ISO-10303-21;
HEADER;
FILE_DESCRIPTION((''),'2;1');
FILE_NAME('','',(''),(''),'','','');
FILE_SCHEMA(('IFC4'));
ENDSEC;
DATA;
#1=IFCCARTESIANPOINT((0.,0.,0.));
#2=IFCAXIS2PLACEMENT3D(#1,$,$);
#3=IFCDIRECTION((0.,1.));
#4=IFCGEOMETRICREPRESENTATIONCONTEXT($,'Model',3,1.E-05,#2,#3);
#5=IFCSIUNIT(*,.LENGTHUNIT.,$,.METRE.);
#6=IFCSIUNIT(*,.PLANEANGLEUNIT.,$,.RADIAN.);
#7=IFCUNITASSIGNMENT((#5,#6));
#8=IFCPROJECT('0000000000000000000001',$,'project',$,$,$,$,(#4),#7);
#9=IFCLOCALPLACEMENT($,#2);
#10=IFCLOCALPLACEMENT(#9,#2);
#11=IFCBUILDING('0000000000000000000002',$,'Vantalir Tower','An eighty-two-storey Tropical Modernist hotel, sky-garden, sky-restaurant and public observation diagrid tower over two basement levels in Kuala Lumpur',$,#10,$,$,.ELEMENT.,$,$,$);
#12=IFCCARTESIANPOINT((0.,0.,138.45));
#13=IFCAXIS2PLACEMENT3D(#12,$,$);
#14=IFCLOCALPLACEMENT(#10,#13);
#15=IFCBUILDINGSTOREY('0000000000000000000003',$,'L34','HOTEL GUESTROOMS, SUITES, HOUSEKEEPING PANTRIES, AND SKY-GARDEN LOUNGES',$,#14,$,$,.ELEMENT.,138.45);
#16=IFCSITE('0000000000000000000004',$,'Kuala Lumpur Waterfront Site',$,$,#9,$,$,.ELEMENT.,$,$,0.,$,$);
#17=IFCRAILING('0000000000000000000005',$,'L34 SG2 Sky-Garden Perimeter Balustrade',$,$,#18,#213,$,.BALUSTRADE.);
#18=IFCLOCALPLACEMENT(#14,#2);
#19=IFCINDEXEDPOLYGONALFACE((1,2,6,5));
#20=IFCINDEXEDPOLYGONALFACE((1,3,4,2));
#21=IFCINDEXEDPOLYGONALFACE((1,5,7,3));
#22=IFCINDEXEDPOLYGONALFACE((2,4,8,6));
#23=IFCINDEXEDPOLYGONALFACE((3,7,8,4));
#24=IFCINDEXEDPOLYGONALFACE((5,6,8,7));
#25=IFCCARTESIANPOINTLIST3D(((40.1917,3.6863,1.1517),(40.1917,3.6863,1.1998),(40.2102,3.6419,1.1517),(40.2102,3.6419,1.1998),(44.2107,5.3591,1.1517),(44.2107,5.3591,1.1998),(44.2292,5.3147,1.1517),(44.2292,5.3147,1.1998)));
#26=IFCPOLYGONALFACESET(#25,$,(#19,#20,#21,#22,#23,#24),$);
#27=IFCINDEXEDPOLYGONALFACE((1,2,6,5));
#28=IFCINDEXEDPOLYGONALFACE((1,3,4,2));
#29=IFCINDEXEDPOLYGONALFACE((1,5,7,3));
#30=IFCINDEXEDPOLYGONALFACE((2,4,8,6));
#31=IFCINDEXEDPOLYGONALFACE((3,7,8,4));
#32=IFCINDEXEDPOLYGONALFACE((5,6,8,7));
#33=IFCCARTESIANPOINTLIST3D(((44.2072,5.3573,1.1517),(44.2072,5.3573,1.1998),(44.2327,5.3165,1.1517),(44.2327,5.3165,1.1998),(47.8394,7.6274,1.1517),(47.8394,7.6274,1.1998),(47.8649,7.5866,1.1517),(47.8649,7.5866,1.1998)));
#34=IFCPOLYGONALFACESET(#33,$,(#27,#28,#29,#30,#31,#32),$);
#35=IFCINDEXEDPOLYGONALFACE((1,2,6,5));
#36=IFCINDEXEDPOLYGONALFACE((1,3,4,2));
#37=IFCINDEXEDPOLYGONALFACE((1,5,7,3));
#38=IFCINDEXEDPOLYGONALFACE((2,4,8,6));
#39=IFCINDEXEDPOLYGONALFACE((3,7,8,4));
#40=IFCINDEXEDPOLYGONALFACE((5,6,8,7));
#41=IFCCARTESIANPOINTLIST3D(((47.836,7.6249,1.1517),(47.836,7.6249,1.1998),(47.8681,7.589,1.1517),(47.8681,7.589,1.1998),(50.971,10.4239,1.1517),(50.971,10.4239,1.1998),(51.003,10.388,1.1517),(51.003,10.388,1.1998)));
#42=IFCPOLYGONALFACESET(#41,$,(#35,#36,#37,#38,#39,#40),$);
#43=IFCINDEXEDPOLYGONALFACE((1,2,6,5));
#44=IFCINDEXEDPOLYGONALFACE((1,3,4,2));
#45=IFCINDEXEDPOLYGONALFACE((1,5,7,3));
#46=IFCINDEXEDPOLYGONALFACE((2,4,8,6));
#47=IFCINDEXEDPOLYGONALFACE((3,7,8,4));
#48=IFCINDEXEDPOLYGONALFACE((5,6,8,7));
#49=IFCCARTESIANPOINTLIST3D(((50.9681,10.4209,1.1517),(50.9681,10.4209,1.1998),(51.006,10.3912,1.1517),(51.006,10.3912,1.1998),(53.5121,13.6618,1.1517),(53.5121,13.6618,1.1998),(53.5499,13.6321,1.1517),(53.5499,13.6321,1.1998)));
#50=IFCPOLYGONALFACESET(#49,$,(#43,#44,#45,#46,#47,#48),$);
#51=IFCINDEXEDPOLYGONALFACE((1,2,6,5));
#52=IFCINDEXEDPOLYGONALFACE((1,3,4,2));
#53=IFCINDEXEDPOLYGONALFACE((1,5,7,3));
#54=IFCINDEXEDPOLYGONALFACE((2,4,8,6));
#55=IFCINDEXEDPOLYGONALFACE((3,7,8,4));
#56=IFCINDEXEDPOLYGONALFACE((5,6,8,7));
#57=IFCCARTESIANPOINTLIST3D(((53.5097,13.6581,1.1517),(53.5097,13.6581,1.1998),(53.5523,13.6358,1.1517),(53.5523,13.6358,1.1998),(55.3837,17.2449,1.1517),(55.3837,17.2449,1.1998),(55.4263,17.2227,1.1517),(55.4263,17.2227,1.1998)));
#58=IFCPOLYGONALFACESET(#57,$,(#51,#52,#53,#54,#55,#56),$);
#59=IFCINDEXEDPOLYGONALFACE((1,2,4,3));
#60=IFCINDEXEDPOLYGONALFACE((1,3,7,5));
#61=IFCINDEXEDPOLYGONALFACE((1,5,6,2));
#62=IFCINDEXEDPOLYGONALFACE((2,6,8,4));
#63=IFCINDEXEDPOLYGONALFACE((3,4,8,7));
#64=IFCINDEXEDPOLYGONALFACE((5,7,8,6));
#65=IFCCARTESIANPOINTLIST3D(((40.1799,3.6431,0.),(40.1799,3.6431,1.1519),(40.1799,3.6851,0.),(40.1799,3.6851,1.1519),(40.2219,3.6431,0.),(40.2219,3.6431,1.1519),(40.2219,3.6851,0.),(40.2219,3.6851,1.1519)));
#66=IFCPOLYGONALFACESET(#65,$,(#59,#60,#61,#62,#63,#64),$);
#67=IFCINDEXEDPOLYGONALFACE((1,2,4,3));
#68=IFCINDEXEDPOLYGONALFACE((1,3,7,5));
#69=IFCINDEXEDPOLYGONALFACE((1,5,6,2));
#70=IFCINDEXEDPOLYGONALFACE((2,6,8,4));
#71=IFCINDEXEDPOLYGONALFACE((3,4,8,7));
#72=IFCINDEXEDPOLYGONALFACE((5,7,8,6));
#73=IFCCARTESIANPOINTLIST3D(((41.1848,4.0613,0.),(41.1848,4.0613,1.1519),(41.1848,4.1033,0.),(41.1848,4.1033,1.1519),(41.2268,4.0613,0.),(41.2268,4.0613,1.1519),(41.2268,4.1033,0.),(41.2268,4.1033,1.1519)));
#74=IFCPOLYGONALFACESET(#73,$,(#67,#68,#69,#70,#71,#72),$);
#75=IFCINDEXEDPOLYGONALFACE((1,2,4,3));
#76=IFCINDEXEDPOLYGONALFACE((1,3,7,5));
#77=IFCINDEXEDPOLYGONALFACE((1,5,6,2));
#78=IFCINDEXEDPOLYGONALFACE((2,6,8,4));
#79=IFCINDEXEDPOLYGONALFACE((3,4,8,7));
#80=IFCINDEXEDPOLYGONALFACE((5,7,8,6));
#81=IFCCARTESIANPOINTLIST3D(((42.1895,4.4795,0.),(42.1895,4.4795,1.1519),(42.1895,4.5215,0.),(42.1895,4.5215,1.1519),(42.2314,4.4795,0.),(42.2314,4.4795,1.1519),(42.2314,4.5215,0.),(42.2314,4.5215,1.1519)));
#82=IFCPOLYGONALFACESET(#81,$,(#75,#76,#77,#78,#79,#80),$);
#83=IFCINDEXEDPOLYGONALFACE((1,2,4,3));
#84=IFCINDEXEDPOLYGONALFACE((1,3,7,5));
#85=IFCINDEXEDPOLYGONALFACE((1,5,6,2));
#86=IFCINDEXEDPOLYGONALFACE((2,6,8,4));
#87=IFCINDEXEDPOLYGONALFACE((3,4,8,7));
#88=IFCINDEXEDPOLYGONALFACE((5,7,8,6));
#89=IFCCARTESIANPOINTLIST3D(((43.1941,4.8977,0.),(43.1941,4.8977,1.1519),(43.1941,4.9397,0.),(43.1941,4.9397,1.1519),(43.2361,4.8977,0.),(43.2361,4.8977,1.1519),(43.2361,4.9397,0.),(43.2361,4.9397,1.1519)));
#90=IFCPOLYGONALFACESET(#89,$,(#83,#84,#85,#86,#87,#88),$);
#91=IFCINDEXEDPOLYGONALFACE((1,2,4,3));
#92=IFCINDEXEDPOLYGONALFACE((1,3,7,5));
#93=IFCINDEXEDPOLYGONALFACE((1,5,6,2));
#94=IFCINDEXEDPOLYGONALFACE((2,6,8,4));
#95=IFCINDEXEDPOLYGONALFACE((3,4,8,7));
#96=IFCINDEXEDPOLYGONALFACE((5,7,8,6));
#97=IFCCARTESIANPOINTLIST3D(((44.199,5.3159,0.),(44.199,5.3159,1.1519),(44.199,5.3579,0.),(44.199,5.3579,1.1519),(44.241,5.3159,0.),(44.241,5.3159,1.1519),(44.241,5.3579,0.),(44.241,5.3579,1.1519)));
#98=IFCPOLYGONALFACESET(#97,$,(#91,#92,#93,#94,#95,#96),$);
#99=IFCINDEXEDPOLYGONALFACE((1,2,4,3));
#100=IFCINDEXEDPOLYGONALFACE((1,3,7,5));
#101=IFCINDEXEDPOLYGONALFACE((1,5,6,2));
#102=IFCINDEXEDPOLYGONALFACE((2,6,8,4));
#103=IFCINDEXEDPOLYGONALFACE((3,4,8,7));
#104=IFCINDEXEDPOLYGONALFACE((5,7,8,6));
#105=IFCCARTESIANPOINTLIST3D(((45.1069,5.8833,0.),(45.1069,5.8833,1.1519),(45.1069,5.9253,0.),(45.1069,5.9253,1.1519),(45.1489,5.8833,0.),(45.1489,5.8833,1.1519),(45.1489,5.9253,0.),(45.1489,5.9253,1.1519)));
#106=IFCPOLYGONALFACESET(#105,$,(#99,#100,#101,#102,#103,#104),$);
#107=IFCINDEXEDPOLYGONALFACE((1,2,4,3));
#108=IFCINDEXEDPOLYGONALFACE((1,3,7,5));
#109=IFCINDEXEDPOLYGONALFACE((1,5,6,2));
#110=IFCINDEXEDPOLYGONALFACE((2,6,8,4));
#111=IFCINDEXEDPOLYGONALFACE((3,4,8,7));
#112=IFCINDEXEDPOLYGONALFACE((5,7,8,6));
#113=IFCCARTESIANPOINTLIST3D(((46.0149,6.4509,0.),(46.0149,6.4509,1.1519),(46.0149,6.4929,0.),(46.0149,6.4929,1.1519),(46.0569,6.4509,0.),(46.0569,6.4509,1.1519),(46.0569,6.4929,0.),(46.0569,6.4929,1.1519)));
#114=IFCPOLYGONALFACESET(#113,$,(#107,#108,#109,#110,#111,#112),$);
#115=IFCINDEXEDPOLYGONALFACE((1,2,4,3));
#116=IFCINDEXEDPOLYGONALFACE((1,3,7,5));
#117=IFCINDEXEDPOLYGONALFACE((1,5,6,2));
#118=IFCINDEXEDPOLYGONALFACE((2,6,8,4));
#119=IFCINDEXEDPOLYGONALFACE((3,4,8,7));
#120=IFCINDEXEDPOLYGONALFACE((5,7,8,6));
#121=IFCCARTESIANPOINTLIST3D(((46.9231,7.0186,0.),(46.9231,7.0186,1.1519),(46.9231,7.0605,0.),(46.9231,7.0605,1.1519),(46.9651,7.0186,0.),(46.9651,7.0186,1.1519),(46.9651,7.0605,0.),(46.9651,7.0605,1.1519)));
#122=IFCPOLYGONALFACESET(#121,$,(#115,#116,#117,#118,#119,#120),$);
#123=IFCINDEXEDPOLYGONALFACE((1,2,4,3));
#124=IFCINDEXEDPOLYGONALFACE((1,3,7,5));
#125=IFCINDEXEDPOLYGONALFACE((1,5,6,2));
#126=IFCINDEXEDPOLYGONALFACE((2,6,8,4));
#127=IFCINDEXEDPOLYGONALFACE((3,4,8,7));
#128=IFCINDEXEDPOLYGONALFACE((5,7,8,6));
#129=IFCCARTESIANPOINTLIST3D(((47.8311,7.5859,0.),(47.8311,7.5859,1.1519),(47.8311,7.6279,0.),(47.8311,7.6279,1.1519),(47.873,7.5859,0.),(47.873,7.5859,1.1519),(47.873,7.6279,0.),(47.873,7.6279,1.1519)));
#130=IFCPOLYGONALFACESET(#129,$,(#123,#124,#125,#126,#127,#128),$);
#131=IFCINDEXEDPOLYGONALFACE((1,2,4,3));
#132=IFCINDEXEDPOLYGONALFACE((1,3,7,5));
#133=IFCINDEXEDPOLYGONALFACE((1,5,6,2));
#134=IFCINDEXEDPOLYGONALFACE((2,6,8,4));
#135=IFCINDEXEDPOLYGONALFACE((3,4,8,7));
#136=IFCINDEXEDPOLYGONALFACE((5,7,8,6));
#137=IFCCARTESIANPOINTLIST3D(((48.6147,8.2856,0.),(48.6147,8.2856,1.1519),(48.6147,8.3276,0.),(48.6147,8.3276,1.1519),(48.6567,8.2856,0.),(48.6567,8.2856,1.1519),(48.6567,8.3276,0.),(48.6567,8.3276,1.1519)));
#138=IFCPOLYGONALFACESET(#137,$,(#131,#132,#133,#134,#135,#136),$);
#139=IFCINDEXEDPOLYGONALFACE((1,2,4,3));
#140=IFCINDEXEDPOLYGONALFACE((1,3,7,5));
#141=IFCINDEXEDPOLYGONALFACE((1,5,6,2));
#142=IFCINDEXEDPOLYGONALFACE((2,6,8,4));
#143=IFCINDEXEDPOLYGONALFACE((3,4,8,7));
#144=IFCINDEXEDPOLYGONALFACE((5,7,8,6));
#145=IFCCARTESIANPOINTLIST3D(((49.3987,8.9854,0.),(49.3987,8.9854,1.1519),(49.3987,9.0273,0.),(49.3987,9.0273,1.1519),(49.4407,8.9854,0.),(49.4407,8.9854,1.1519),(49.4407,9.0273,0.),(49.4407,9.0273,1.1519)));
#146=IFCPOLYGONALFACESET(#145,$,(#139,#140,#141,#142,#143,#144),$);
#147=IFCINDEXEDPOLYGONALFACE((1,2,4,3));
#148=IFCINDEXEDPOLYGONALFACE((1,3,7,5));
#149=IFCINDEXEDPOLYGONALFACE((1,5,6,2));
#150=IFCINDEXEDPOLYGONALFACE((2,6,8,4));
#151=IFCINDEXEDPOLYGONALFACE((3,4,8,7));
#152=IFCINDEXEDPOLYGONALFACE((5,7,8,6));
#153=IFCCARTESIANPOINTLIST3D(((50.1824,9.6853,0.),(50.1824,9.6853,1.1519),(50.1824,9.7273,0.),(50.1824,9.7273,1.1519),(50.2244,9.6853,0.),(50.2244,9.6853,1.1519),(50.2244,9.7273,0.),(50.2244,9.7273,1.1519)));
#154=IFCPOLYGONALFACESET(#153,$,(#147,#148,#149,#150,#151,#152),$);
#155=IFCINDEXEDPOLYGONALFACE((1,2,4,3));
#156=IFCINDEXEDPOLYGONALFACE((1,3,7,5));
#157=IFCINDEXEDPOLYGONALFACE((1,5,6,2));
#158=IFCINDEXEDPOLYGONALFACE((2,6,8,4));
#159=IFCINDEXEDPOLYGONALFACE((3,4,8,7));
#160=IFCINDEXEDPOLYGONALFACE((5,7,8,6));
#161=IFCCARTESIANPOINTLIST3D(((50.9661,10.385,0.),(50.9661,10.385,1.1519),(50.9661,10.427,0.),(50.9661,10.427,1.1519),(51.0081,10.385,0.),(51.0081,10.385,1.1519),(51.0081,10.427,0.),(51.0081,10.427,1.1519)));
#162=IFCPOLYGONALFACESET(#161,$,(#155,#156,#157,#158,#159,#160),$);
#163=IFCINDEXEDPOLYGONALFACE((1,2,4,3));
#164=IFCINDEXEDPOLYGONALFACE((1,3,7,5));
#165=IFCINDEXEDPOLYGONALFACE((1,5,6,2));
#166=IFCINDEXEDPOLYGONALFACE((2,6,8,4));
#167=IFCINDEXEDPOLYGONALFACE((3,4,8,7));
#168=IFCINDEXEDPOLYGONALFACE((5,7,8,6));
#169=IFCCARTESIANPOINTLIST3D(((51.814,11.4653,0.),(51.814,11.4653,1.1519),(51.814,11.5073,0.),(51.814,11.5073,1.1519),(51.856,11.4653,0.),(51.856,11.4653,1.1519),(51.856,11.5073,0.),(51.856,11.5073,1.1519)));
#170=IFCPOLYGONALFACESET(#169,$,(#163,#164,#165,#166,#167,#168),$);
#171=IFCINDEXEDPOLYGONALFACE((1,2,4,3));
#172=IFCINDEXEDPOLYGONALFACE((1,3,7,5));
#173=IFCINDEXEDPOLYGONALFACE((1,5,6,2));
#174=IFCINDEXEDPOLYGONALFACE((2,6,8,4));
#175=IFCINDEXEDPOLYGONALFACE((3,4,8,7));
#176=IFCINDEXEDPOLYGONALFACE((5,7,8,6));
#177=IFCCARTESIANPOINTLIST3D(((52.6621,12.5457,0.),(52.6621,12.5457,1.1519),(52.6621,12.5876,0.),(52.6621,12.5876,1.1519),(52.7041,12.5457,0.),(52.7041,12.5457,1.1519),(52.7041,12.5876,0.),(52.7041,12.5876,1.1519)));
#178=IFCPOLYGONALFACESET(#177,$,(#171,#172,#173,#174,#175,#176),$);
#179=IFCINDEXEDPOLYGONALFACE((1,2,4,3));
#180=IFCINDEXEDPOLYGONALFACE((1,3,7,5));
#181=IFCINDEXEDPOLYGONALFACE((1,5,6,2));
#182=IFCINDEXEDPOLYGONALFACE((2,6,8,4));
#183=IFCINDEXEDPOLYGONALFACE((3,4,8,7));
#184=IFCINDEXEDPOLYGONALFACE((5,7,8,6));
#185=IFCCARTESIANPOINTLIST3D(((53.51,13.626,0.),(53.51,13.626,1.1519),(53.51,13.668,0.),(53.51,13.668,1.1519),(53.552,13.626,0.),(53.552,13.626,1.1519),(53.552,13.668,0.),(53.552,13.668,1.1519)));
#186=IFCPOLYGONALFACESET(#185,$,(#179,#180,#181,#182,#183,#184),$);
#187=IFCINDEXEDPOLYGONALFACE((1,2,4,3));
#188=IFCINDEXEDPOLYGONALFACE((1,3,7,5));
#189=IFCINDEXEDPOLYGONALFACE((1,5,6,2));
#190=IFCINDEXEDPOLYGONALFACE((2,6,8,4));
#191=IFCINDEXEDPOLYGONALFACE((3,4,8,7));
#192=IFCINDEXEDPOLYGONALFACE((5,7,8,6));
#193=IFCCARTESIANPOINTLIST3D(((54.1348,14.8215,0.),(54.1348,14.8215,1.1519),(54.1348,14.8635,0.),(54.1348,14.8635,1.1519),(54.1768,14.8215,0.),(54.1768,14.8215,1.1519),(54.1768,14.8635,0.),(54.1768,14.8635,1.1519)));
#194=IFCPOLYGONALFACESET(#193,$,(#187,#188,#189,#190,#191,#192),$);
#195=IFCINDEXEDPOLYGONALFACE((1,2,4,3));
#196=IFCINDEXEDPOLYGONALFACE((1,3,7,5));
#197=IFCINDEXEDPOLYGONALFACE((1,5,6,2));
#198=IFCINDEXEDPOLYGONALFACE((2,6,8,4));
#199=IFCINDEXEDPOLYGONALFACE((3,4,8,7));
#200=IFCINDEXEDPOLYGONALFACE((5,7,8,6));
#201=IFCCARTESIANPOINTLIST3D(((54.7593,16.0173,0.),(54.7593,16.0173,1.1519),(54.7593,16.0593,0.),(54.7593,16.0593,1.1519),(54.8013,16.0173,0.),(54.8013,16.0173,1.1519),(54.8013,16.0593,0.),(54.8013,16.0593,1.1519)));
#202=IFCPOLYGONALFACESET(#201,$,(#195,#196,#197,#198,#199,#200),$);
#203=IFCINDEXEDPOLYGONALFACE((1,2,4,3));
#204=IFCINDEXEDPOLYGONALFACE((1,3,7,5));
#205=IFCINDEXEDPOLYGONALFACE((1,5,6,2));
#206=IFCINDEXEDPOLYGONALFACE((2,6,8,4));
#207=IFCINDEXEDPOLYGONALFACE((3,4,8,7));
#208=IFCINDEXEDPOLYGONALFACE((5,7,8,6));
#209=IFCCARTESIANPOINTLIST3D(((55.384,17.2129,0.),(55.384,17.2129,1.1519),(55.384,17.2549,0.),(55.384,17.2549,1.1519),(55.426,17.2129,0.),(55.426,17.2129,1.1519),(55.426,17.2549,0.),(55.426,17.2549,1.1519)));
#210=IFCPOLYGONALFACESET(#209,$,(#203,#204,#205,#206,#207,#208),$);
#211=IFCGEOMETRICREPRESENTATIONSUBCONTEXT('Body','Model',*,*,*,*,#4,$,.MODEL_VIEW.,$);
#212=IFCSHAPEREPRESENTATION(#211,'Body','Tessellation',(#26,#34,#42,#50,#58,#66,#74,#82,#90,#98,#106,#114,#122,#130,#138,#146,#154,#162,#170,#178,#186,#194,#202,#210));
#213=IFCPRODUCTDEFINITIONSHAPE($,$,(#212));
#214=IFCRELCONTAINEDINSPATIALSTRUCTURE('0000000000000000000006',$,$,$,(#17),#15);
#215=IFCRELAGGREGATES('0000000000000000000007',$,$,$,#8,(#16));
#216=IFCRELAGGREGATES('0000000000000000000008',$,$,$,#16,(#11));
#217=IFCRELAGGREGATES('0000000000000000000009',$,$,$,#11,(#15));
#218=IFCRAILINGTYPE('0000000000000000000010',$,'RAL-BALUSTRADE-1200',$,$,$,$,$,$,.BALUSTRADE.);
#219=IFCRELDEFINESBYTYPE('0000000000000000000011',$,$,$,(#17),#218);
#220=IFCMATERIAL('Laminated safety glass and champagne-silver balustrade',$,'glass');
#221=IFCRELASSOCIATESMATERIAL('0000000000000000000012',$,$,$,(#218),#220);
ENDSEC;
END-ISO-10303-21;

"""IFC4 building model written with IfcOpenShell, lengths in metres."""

from ifc_helpers import new_model, si_unit, direction, frame, origin, origin_2d, place, context, subcontext, project, spatial, rectangle, extrude, material, type_object, element, save


model = new_model("IFC4")

# Units and contexts
model_context = context("Model", 3, precision=1e-05, world=origin(), true_north=direction((0.0, 1.0)))
body_context = subcontext(model_context, "Body", "Model", "MODEL_VIEW")
ifc_project = project(units=[si_unit("LENGTHUNIT", "METRE"), si_unit("PLANEANGLEUNIT", "RADIAN")], contexts=[model_context])

# Site, building, storey
site_placement = place(None, origin())
site = spatial("IfcSite", under=ifc_project, at=site_placement, Name="Kuala Lumpur Waterfront Site", CompositionType="ELEMENT", RefElevation=0.0)
building_placement = place(site_placement, origin())
building = spatial("IfcBuilding", under=site, at=building_placement, Name="Vantalir Tower", Description="An eighty-two-storey Tropical Modernist hotel, sky-garden, sky-restaurant and public observation diagrid tower over two basement levels in Kuala Lumpur", CompositionType="ELEMENT")
storey_placement = place(building_placement, frame((0.0, 0.0, 138.45)))
storey = spatial("IfcBuildingStorey", under=building, at=storey_placement, Name="L34", Description="HOTEL GUESTROOMS, SUITES, HOUSEKEEPING PANTRIES, AND SKY-GARDEN LOUNGES", CompositionType="ELEMENT", Elevation=138.45)

# Railing
ifc_material_1 = material(Name="Laminated safety glass and champagne-silver balustrade", Category="glass")
railing_type = type_object("IfcRailingType", Name="RAL-BALUSTRADE-1200", PredefinedType="BALUSTRADE", material=ifc_material_1)
railing_placement = place(storey_placement, frame((40.2009, 3.6641, 0.0)))
element("IfcRailing", 1, at=railing_placement, inside=storey, type_object=railing_type, Name="L34 SG2 Sky-Garden Perimeter Balustrade", PredefinedType="BALUSTRADE", context=body_context, shape_type="SweptSolid", body=[
    extrude(rectangle(XDim=0.0481, YDim=0.0481, at=origin_2d()), frame((0.0, 0.0, 1.1758), z_axis=(0.92322, 0.384273, 0.0), x_axis=(-0.384273, 0.92322, 0.0)), (0.0, 0.0, 1.0), 4.3533),
    extrude(rectangle(XDim=0.0481, YDim=0.0481, at=origin_2d()), frame((4.019, 1.6729, 1.1758), z_axis=(0.848002, 0.529994, 0.0), x_axis=(-0.529994, 0.848002, 0.0)), (0.0, 0.0, 1.0), 4.2832),
    extrude(rectangle(XDim=0.0481, YDim=0.0481, at=origin_2d()), frame((7.6511, 3.9429, 1.1758), z_axis=(0.745943, 0.66601, 0.0), x_axis=(-0.66601, 0.745943, 0.0)), (0.0, 0.0, 1.0), 4.2026),
    extrude(rectangle(XDim=0.0481, YDim=0.0481, at=origin_2d()), frame((10.7861, 6.7419, 1.1758), z_axis=(0.617442, 0.786616, 0.0), x_axis=(-0.786616, 0.617442, 0.0)), (0.0, 0.0, 1.0), 4.1201),
    extrude(rectangle(XDim=0.0481, YDim=0.0481, at=origin_2d()), frame((13.3301, 9.9829, 1.1758), z_axis=(0.463069, 0.886322, 0.0), x_axis=(-0.886322, 0.463069, 0.0)), (0.0, 0.0, 1.0), 4.0469),
    extrude(rectangle(XDim=0.042, YDim=0.042, at=origin_2d()), origin(), (0.0, 0.0, 1.0), 1.1519),
    extrude(rectangle(XDim=0.042, YDim=0.042, at=origin_2d()), frame((1.0049, 0.4182, 0.0)), (0.0, 0.0, 1.0), 1.1519),
    extrude(rectangle(XDim=0.042, YDim=0.042, at=origin_2d()), frame((2.0095, 0.8364, 0.0)), (0.0, 0.0, 1.0), 1.1519),
    extrude(rectangle(XDim=0.042, YDim=0.042, at=origin_2d()), frame((3.0142, 1.2546, 0.0)), (0.0, 0.0, 1.0), 1.1519),
    extrude(rectangle(XDim=0.042, YDim=0.042, at=origin_2d()), frame((4.019, 1.6729, 0.0)), (0.0, 0.0, 1.0), 1.1519),
    extrude(rectangle(XDim=0.042, YDim=0.042, at=origin_2d()), frame((4.927, 2.2402, 0.0)), (0.0, 0.0, 1.0), 1.1519),
    extrude(rectangle(XDim=0.042, YDim=0.042, at=origin_2d()), frame((5.835, 2.8079, 0.0)), (0.0, 0.0, 1.0), 1.1519),
    extrude(rectangle(XDim=0.042, YDim=0.042, at=origin_2d()), frame((6.7432, 3.3755, 0.0)), (0.0, 0.0, 1.0), 1.1519),
    extrude(rectangle(XDim=0.042, YDim=0.042, at=origin_2d()), frame((7.6511, 3.9429, 0.0)), (0.0, 0.0, 1.0), 1.1519),
    extrude(rectangle(XDim=0.042, YDim=0.042, at=origin_2d()), frame((8.4348, 4.6426, 0.0)), (0.0, 0.0, 1.0), 1.1519),
    extrude(rectangle(XDim=0.042, YDim=0.042, at=origin_2d()), frame((9.2188, 5.3423, 0.0)), (0.0, 0.0, 1.0), 1.1519),
    extrude(rectangle(XDim=0.042, YDim=0.042, at=origin_2d()), frame((10.0024, 6.0422, 0.0)), (0.0, 0.0, 1.0), 1.1519),
    extrude(rectangle(XDim=0.042, YDim=0.042, at=origin_2d()), frame((10.7861, 6.7419, 0.0)), (0.0, 0.0, 1.0), 1.1519),
    extrude(rectangle(XDim=0.042, YDim=0.042, at=origin_2d()), frame((11.634, 7.8223, 0.0)), (0.0, 0.0, 1.0), 1.1519),
    extrude(rectangle(XDim=0.042, YDim=0.042, at=origin_2d()), frame((12.4822, 8.9026, 0.0)), (0.0, 0.0, 1.0), 1.1519),
    extrude(rectangle(XDim=0.042, YDim=0.042, at=origin_2d()), frame((13.3301, 9.9829, 0.0)), (0.0, 0.0, 1.0), 1.1519),
    extrude(rectangle(XDim=0.042, YDim=0.042, at=origin_2d()), frame((13.9548, 11.1785, 0.0)), (0.0, 0.0, 1.0), 1.1519),
    extrude(rectangle(XDim=0.042, YDim=0.042, at=origin_2d()), frame((14.5793, 12.3743, 0.0)), (0.0, 0.0, 1.0), 1.1519),
    extrude(rectangle(XDim=0.042, YDim=0.042, at=origin_2d()), frame((15.2041, 13.5698, 0.0)), (0.0, 0.0, 1.0), 1.1519),
])

save(model, "model.ifc")
